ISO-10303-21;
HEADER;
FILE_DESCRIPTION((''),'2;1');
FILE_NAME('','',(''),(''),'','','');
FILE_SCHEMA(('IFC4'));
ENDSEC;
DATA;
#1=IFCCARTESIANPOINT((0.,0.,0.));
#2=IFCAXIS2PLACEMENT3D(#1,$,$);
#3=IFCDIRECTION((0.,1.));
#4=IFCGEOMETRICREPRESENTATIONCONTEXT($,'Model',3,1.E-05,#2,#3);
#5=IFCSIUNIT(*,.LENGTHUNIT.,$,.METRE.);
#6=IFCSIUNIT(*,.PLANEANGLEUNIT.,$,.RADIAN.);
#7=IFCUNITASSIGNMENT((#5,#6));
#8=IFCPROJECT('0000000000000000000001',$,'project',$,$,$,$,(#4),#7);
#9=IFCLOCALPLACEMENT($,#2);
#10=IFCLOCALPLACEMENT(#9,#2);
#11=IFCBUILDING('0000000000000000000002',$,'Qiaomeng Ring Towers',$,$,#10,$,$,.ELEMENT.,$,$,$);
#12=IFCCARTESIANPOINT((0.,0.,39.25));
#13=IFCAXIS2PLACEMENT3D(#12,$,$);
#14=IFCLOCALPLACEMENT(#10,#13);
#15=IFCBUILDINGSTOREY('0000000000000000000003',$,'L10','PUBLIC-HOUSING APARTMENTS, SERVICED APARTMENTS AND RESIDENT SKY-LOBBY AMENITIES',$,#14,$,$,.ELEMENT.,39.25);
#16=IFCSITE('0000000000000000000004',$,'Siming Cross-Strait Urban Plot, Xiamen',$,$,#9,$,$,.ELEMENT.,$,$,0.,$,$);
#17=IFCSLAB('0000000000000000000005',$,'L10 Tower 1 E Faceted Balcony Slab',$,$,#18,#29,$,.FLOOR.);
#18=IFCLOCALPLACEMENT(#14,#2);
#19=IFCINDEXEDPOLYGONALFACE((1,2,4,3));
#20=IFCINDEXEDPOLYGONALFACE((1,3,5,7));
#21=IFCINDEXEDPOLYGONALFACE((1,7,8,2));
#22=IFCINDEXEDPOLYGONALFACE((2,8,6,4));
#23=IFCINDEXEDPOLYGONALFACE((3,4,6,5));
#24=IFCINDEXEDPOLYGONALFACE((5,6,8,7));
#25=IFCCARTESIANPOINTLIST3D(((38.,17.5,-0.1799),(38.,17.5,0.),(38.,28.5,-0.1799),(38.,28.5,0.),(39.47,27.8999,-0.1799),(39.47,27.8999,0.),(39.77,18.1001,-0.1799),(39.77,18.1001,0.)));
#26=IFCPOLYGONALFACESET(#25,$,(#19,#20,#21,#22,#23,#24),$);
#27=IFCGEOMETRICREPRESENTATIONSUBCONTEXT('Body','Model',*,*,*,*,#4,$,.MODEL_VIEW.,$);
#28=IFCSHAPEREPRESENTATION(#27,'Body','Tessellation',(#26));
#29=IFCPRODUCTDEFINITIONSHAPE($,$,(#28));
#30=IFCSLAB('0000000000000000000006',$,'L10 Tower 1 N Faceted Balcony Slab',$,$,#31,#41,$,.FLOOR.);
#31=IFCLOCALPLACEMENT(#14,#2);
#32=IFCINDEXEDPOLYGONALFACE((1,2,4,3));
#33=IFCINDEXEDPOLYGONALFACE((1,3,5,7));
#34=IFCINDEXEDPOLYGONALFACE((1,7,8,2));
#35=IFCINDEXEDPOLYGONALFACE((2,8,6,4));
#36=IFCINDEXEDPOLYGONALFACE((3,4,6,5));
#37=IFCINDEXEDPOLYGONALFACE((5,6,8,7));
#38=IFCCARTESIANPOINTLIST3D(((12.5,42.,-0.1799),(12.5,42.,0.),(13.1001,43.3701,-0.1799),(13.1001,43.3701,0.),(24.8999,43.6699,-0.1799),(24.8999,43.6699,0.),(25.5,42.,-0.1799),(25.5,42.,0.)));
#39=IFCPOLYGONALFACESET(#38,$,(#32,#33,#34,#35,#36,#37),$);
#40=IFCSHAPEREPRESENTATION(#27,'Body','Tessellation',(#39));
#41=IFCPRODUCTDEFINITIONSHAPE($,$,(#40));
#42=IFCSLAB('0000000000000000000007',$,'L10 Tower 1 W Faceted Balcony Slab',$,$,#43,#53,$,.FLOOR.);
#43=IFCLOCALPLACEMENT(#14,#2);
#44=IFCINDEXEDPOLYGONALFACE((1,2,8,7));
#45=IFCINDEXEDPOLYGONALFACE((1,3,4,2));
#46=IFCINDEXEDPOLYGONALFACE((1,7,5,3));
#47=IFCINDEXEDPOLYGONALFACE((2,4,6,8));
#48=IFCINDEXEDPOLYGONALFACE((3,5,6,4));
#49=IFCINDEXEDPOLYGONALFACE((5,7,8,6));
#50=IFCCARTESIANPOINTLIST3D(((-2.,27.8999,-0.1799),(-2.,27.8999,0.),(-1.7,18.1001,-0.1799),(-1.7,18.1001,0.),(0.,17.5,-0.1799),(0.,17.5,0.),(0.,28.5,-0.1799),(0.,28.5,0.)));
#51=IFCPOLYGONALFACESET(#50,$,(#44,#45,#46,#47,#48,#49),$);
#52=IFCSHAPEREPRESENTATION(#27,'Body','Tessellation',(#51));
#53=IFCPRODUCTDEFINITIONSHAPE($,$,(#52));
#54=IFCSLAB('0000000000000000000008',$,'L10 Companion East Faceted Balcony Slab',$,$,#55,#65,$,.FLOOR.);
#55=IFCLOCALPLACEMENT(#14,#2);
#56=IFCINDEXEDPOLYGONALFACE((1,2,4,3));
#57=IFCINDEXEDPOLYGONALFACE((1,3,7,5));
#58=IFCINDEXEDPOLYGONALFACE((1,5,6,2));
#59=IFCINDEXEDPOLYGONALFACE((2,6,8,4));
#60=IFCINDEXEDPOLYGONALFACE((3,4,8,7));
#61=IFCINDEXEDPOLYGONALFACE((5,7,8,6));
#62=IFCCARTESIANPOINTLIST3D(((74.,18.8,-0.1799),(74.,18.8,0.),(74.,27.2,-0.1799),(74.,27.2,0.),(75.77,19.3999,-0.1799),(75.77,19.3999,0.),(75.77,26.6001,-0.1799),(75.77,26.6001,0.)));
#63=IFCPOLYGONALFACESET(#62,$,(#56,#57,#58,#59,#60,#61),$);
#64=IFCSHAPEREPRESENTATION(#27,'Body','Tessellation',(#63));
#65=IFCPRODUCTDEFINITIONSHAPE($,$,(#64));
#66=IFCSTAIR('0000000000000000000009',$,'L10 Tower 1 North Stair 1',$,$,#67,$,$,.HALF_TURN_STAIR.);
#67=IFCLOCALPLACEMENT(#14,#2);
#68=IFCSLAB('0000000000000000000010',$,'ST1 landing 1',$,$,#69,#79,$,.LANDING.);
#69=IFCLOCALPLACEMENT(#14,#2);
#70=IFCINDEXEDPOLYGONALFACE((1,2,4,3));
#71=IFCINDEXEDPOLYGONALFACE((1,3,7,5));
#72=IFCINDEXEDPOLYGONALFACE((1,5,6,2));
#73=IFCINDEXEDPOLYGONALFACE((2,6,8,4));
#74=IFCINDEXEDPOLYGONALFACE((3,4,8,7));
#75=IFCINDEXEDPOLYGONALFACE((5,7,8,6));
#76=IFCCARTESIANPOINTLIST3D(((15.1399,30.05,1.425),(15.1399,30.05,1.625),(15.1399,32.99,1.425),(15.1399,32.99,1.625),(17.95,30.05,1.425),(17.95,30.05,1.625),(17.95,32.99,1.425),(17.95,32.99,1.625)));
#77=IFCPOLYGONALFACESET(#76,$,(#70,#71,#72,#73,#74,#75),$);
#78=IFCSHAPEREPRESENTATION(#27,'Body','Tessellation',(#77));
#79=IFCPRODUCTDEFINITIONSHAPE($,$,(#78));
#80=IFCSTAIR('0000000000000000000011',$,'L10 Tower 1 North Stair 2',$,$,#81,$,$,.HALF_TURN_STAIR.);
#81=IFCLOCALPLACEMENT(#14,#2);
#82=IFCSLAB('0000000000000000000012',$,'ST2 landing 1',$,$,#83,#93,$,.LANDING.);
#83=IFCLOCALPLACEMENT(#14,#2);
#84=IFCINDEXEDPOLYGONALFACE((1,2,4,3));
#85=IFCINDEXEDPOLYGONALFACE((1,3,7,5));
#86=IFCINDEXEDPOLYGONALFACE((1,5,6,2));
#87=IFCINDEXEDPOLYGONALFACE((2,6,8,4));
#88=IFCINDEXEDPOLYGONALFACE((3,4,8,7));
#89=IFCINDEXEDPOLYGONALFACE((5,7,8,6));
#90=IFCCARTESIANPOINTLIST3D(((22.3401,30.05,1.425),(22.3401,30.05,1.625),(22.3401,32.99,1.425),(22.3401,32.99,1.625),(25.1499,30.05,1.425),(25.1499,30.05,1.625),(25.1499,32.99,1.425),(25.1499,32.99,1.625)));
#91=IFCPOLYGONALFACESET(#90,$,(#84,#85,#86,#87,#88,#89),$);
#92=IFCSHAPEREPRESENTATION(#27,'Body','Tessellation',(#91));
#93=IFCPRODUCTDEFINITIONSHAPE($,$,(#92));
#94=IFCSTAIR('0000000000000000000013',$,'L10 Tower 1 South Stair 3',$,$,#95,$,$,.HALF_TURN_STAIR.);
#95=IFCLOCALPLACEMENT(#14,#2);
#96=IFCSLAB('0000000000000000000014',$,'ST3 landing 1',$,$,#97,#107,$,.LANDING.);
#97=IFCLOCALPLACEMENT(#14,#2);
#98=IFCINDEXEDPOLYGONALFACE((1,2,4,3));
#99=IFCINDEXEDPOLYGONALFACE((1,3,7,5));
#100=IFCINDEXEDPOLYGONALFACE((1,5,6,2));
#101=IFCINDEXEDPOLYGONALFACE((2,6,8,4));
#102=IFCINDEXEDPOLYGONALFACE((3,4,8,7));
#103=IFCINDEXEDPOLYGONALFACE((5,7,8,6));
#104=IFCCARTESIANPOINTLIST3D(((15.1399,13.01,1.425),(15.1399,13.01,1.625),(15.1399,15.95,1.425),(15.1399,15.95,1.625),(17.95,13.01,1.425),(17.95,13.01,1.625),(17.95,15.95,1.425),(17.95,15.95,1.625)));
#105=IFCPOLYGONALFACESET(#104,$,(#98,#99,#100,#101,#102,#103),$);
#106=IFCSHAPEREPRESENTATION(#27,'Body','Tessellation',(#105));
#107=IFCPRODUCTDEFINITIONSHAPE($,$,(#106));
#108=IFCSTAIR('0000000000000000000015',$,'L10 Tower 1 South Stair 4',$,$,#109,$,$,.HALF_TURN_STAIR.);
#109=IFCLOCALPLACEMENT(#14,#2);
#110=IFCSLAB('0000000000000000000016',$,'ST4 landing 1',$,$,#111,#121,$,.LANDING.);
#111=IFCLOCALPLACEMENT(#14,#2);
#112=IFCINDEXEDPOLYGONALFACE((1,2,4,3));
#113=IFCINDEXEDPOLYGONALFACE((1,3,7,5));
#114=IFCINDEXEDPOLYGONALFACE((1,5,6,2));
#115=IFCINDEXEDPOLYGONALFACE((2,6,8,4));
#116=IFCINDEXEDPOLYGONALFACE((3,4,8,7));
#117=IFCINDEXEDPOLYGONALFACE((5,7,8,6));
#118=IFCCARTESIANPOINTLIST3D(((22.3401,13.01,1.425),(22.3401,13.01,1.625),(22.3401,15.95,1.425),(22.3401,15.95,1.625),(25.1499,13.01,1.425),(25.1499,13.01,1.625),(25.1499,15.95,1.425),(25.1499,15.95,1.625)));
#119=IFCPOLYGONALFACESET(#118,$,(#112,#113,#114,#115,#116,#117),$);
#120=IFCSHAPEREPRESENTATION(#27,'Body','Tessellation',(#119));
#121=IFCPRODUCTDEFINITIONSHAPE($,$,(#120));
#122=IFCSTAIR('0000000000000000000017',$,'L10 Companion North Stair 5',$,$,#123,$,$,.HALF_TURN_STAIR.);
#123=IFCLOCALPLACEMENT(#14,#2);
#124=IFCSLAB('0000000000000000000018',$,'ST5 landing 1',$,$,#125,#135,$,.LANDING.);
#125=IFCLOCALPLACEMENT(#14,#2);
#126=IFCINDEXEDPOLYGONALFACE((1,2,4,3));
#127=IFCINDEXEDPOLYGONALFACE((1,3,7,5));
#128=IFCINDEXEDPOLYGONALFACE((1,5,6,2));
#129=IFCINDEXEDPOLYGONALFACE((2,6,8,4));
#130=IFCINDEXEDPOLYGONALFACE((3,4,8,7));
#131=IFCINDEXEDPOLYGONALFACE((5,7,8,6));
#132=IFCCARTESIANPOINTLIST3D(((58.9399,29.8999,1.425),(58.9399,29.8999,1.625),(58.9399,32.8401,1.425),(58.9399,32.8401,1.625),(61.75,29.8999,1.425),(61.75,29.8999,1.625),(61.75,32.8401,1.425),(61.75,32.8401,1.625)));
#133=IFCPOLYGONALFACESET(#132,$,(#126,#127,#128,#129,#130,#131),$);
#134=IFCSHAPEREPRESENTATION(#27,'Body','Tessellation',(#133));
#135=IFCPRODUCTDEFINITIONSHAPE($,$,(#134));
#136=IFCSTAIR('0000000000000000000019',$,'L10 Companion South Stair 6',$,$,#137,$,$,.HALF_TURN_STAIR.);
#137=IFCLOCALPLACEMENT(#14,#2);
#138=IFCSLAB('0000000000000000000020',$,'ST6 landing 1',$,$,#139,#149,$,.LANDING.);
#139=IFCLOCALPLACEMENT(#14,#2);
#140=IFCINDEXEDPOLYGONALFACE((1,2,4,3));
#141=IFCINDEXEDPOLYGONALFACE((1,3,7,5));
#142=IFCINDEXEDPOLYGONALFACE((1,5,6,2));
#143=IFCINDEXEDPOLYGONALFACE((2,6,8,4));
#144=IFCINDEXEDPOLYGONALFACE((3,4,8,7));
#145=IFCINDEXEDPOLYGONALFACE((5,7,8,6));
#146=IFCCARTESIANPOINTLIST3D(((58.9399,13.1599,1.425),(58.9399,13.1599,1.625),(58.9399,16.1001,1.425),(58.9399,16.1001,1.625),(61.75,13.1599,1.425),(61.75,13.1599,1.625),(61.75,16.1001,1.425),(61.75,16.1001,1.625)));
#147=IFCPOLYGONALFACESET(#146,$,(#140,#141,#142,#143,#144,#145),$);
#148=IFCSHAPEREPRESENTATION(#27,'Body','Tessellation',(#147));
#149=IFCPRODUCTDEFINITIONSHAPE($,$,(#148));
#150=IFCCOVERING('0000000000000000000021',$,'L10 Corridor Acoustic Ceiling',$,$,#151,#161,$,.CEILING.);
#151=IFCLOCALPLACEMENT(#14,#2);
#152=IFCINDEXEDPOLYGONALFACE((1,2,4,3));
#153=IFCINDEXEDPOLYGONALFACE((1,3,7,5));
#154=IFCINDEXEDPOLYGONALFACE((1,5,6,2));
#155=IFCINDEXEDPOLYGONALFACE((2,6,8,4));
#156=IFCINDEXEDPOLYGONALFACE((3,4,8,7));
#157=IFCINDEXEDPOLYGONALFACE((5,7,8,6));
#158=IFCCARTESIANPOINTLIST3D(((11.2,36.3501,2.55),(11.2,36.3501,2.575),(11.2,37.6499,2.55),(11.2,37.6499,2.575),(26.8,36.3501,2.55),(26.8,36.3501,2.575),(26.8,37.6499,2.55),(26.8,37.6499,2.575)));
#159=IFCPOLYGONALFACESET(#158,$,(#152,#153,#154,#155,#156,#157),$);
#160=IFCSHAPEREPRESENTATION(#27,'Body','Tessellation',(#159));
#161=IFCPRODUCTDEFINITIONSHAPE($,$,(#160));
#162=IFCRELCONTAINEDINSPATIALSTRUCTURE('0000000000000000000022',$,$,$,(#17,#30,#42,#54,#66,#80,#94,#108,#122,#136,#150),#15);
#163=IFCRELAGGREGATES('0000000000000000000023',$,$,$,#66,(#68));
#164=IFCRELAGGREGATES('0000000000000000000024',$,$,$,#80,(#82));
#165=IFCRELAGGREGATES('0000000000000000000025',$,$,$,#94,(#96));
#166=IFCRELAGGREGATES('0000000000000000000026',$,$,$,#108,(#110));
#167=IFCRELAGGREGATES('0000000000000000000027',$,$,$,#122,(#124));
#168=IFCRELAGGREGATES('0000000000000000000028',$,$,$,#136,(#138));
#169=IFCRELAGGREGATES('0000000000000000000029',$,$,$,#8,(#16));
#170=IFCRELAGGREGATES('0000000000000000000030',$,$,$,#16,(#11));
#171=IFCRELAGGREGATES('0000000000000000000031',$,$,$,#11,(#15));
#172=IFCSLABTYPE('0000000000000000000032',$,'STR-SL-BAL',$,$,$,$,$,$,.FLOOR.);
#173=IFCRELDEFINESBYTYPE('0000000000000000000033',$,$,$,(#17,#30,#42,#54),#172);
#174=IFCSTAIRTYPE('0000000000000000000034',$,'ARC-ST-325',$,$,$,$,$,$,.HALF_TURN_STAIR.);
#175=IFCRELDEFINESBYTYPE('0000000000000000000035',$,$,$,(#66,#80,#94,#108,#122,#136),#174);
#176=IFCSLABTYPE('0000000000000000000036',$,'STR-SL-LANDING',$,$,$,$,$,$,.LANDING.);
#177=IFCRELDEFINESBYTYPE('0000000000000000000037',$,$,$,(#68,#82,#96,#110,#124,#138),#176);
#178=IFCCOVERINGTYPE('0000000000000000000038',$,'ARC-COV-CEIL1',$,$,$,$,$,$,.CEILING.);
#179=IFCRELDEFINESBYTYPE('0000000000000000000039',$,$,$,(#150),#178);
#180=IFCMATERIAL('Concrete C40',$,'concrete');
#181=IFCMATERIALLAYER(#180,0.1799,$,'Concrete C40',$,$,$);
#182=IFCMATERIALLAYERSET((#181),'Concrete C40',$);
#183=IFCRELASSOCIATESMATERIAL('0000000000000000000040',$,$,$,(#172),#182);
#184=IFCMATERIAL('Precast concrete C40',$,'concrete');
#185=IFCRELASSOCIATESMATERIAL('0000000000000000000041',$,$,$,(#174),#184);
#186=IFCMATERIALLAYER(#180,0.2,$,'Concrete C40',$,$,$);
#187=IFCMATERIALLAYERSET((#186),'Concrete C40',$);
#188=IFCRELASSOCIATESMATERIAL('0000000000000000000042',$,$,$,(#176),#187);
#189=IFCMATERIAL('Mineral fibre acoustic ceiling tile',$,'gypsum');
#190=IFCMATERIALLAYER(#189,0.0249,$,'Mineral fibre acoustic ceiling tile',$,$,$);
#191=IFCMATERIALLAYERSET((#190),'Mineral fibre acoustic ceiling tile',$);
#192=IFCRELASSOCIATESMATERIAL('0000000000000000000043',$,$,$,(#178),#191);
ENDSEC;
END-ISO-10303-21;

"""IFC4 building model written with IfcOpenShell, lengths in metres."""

from ifc_helpers import new_model, si_unit, direction, frame, origin, place, context, subcontext, project, spatial, polyline, outline, extrude, material, layer, layer_set, type_object, element, aggregate, save


model = new_model("IFC4")

# Units and contexts
model_context = context("Model", 3, precision=1e-05, world=origin(), true_north=direction((0.0, 1.0)))
body_context = subcontext(model_context, "Body", "Model", "MODEL_VIEW")
ifc_project = project(units=[si_unit("LENGTHUNIT", "METRE"), si_unit("PLANEANGLEUNIT", "RADIAN")], contexts=[model_context])

# Site, building, storey
site_placement = place(None, origin())
site = spatial("IfcSite", under=ifc_project, at=site_placement, Name="Siming Cross-Strait Urban Plot, Xiamen", CompositionType="ELEMENT", RefElevation=0.0)
building_placement = place(site_placement, origin())
building = spatial("IfcBuilding", under=site, at=building_placement, Name="Qiaomeng Ring Towers", CompositionType="ELEMENT")
storey_placement = place(building_placement, frame((0.0, 0.0, 39.25)))
storey = spatial("IfcBuildingStorey", under=building, at=storey_placement, Name="L10", Description="PUBLIC-HOUSING APARTMENTS, SERVICED APARTMENTS AND RESIDENT SKY-LOBBY AMENITIES", CompositionType="ELEMENT", Elevation=39.25)

# Slabs
ifc_material_1 = material(Name="Concrete C40", Category="concrete")
ifc_layer_1 = layer(ifc_material_1, 0.1799, Name="Concrete C40")
ifc_layer_set_1 = layer_set([ifc_layer_1], Name="Concrete C40")
slab_type_1 = type_object("IfcSlabType", Name="STR-SL-BAL", PredefinedType="FLOOR", material=ifc_layer_set_1)
slab_1_placement = place(storey_placement, frame((0.0, 0.0, -0.1799)))
element("IfcSlab", 1, at=slab_1_placement, inside=storey, type_object=slab_type_1, Name="L10 Tower 1 E Faceted Balcony Slab", PredefinedType="FLOOR", context=body_context, shape_type="SweptSolid", body=[
    extrude(outline(polyline([(39.47, 27.8999), (39.77, 18.1001), (38.0, 17.5), (38.0, 28.5), (39.47, 27.8999)])), origin(), (0.0, 0.0, 1.0), 0.1799),
])
slab_2_placement = place(storey_placement, frame((0.0, 0.0, -0.1799)))
element("IfcSlab", 2, at=slab_2_placement, inside=storey, type_object=slab_type_1, Name="L10 Tower 1 N Faceted Balcony Slab", PredefinedType="FLOOR", context=body_context, shape_type="SweptSolid", body=[
    extrude(outline(polyline([(12.5, 42.0), (13.1001, 43.3701), (24.8999, 43.6699), (25.5, 42.0), (12.5, 42.0)])), origin(), (0.0, 0.0, 1.0), 0.1799),
])
slab_3_placement = place(storey_placement, frame((0.0, 0.0, -0.1799)))
element("IfcSlab", 3, at=slab_3_placement, inside=storey, type_object=slab_type_1, Name="L10 Tower 1 W Faceted Balcony Slab", PredefinedType="FLOOR", context=body_context, shape_type="SweptSolid", body=[
    extrude(outline(polyline([(0.0, 17.5), (-1.7, 18.1001), (-2.0, 27.8999), (0.0, 28.5), (0.0, 17.5)])), origin(), (0.0, 0.0, 1.0), 0.1799),
])
slab_4_placement = place(storey_placement, frame((0.0, 0.0, -0.1799)))
element("IfcSlab", 4, at=slab_4_placement, inside=storey, type_object=slab_type_1, Name="L10 Companion East Faceted Balcony Slab", PredefinedType="FLOOR", context=body_context, shape_type="SweptSolid", body=[
    extrude(outline(polyline([(75.77, 26.6001), (75.77, 19.3999), (74.0, 18.8), (74.0, 27.2), (75.77, 26.6001)])), origin(), (0.0, 0.0, 1.0), 0.1799),
])

# Stairs, slabs
ifc_material_2 = material(Name="Precast concrete C40", Category="concrete")
stair_type = type_object("IfcStairType", Name="ARC-ST-325", PredefinedType="HALF_TURN_STAIR", material=ifc_material_2)
stair_1_placement = place(storey_placement, origin())
stair_1 = element("IfcStair", 5, at=stair_1_placement, inside=storey, type_object=stair_type, Name="L10 Tower 1 North Stair 1", PredefinedType="HALF_TURN_STAIR")
ifc_layer_2 = layer(ifc_material_1, 0.2, Name="Concrete C40")
ifc_layer_set_2 = layer_set([ifc_layer_2], Name="Concrete C40")
slab_type_2 = type_object("IfcSlabType", Name="STR-SL-LANDING", PredefinedType="LANDING", material=ifc_layer_set_2)
slab_5_placement = place(storey_placement, frame((0.0, 0.0, 1.425)))
slab_5 = element("IfcSlab", 6, at=slab_5_placement, type_object=slab_type_2, Name="ST1 landing 1", PredefinedType="LANDING", context=body_context, shape_type="SweptSolid", body=[
    extrude(outline(polyline([(15.1399, 30.05), (17.95, 30.05), (17.95, 32.99), (15.1399, 32.99), (15.1399, 30.05)])), origin(), (0.0, 0.0, 1.0), 0.2),
])
aggregate(stair_1, [slab_5])
stair_2_placement = place(storey_placement, origin())
stair_2 = element("IfcStair", 7, at=stair_2_placement, inside=storey, type_object=stair_type, Name="L10 Tower 1 North Stair 2", PredefinedType="HALF_TURN_STAIR")
slab_6_placement = place(storey_placement, frame((0.0, 0.0, 1.425)))
slab_6 = element("IfcSlab", 8, at=slab_6_placement, type_object=slab_type_2, Name="ST2 landing 1", PredefinedType="LANDING", context=body_context, shape_type="SweptSolid", body=[
    extrude(outline(polyline([(22.3401, 30.05), (25.1499, 30.05), (25.1499, 32.99), (22.3401, 32.99), (22.3401, 30.05)])), origin(), (0.0, 0.0, 1.0), 0.2),
])
aggregate(stair_2, [slab_6])
stair_3_placement = place(storey_placement, origin())
stair_3 = element("IfcStair", 9, at=stair_3_placement, inside=storey, type_object=stair_type, Name="L10 Tower 1 South Stair 3", PredefinedType="HALF_TURN_STAIR")
slab_7_placement = place(storey_placement, frame((0.0, 0.0, 1.425)))
slab_7 = element("IfcSlab", 10, at=slab_7_placement, type_object=slab_type_2, Name="ST3 landing 1", PredefinedType="LANDING", context=body_context, shape_type="SweptSolid", body=[
    extrude(outline(polyline([(15.1399, 13.01), (17.95, 13.01), (17.95, 15.95), (15.1399, 15.95), (15.1399, 13.01)])), origin(), (0.0, 0.0, 1.0), 0.2),
])
aggregate(stair_3, [slab_7])
stair_4_placement = place(storey_placement, origin())
stair_4 = element("IfcStair", 11, at=stair_4_placement, inside=storey, type_object=stair_type, Name="L10 Tower 1 South Stair 4", PredefinedType="HALF_TURN_STAIR")
slab_8_placement = place(storey_placement, frame((0.0, 0.0, 1.425)))
slab_8 = element("IfcSlab", 12, at=slab_8_placement, type_object=slab_type_2, Name="ST4 landing 1", PredefinedType="LANDING", context=body_context, shape_type="SweptSolid", body=[
    extrude(outline(polyline([(22.3401, 13.01), (25.1499, 13.01), (25.1499, 15.95), (22.3401, 15.95), (22.3401, 13.01)])), origin(), (0.0, 0.0, 1.0), 0.2),
])
aggregate(stair_4, [slab_8])
stair_5_placement = place(storey_placement, origin())
stair_5 = element("IfcStair", 13, at=stair_5_placement, inside=storey, type_object=stair_type, Name="L10 Companion North Stair 5", PredefinedType="HALF_TURN_STAIR")
slab_9_placement = place(storey_placement, frame((0.0, 0.0, 1.425)))
slab_9 = element("IfcSlab", 14, at=slab_9_placement, type_object=slab_type_2, Name="ST5 landing 1", PredefinedType="LANDING", context=body_context, shape_type="SweptSolid", body=[
    extrude(outline(polyline([(58.9399, 29.8999), (61.75, 29.8999), (61.75, 32.8401), (58.9399, 32.8401), (58.9399, 29.8999)])), origin(), (0.0, 0.0, 1.0), 0.2),
])
aggregate(stair_5, [slab_9])
stair_6_placement = place(storey_placement, origin())
stair_6 = element("IfcStair", 15, at=stair_6_placement, inside=storey, type_object=stair_type, Name="L10 Companion South Stair 6", PredefinedType="HALF_TURN_STAIR")
slab_10_placement = place(storey_placement, frame((0.0, 0.0, 1.425)))
slab_10 = element("IfcSlab", 16, at=slab_10_placement, type_object=slab_type_2, Name="ST6 landing 1", PredefinedType="LANDING", context=body_context, shape_type="SweptSolid", body=[
    extrude(outline(polyline([(58.9399, 13.1599), (61.75, 13.1599), (61.75, 16.1001), (58.9399, 16.1001), (58.9399, 13.1599)])), origin(), (0.0, 0.0, 1.0), 0.2),
])
aggregate(stair_6, [slab_10])

# Covering
ifc_material_3 = material(Name="Mineral fibre acoustic ceiling tile", Category="gypsum")
ifc_layer_3 = layer(ifc_material_3, 0.0249, Name="Mineral fibre acoustic ceiling tile")
ifc_layer_set_3 = layer_set([ifc_layer_3], Name="Mineral fibre acoustic ceiling tile")
covering_type = type_object("IfcCoveringType", Name="ARC-COV-CEIL1", PredefinedType="CEILING", material=ifc_layer_set_3)
covering_placement = place(storey_placement, frame((0.0, 0.0, 2.55)))
element("IfcCovering", 17, at=covering_placement, inside=storey, type_object=covering_type, Name="L10 Corridor Acoustic Ceiling", PredefinedType="CEILING", context=body_context, shape_type="SweptSolid", body=[
    extrude(outline(polyline([(11.2, 36.3501), (11.2, 37.6499), (26.8, 37.6499), (26.8, 36.3501), (11.2, 36.3501)])), origin(), (0.0, 0.0, 1.0), 0.0249),
])

save(model, "model.ifc")
